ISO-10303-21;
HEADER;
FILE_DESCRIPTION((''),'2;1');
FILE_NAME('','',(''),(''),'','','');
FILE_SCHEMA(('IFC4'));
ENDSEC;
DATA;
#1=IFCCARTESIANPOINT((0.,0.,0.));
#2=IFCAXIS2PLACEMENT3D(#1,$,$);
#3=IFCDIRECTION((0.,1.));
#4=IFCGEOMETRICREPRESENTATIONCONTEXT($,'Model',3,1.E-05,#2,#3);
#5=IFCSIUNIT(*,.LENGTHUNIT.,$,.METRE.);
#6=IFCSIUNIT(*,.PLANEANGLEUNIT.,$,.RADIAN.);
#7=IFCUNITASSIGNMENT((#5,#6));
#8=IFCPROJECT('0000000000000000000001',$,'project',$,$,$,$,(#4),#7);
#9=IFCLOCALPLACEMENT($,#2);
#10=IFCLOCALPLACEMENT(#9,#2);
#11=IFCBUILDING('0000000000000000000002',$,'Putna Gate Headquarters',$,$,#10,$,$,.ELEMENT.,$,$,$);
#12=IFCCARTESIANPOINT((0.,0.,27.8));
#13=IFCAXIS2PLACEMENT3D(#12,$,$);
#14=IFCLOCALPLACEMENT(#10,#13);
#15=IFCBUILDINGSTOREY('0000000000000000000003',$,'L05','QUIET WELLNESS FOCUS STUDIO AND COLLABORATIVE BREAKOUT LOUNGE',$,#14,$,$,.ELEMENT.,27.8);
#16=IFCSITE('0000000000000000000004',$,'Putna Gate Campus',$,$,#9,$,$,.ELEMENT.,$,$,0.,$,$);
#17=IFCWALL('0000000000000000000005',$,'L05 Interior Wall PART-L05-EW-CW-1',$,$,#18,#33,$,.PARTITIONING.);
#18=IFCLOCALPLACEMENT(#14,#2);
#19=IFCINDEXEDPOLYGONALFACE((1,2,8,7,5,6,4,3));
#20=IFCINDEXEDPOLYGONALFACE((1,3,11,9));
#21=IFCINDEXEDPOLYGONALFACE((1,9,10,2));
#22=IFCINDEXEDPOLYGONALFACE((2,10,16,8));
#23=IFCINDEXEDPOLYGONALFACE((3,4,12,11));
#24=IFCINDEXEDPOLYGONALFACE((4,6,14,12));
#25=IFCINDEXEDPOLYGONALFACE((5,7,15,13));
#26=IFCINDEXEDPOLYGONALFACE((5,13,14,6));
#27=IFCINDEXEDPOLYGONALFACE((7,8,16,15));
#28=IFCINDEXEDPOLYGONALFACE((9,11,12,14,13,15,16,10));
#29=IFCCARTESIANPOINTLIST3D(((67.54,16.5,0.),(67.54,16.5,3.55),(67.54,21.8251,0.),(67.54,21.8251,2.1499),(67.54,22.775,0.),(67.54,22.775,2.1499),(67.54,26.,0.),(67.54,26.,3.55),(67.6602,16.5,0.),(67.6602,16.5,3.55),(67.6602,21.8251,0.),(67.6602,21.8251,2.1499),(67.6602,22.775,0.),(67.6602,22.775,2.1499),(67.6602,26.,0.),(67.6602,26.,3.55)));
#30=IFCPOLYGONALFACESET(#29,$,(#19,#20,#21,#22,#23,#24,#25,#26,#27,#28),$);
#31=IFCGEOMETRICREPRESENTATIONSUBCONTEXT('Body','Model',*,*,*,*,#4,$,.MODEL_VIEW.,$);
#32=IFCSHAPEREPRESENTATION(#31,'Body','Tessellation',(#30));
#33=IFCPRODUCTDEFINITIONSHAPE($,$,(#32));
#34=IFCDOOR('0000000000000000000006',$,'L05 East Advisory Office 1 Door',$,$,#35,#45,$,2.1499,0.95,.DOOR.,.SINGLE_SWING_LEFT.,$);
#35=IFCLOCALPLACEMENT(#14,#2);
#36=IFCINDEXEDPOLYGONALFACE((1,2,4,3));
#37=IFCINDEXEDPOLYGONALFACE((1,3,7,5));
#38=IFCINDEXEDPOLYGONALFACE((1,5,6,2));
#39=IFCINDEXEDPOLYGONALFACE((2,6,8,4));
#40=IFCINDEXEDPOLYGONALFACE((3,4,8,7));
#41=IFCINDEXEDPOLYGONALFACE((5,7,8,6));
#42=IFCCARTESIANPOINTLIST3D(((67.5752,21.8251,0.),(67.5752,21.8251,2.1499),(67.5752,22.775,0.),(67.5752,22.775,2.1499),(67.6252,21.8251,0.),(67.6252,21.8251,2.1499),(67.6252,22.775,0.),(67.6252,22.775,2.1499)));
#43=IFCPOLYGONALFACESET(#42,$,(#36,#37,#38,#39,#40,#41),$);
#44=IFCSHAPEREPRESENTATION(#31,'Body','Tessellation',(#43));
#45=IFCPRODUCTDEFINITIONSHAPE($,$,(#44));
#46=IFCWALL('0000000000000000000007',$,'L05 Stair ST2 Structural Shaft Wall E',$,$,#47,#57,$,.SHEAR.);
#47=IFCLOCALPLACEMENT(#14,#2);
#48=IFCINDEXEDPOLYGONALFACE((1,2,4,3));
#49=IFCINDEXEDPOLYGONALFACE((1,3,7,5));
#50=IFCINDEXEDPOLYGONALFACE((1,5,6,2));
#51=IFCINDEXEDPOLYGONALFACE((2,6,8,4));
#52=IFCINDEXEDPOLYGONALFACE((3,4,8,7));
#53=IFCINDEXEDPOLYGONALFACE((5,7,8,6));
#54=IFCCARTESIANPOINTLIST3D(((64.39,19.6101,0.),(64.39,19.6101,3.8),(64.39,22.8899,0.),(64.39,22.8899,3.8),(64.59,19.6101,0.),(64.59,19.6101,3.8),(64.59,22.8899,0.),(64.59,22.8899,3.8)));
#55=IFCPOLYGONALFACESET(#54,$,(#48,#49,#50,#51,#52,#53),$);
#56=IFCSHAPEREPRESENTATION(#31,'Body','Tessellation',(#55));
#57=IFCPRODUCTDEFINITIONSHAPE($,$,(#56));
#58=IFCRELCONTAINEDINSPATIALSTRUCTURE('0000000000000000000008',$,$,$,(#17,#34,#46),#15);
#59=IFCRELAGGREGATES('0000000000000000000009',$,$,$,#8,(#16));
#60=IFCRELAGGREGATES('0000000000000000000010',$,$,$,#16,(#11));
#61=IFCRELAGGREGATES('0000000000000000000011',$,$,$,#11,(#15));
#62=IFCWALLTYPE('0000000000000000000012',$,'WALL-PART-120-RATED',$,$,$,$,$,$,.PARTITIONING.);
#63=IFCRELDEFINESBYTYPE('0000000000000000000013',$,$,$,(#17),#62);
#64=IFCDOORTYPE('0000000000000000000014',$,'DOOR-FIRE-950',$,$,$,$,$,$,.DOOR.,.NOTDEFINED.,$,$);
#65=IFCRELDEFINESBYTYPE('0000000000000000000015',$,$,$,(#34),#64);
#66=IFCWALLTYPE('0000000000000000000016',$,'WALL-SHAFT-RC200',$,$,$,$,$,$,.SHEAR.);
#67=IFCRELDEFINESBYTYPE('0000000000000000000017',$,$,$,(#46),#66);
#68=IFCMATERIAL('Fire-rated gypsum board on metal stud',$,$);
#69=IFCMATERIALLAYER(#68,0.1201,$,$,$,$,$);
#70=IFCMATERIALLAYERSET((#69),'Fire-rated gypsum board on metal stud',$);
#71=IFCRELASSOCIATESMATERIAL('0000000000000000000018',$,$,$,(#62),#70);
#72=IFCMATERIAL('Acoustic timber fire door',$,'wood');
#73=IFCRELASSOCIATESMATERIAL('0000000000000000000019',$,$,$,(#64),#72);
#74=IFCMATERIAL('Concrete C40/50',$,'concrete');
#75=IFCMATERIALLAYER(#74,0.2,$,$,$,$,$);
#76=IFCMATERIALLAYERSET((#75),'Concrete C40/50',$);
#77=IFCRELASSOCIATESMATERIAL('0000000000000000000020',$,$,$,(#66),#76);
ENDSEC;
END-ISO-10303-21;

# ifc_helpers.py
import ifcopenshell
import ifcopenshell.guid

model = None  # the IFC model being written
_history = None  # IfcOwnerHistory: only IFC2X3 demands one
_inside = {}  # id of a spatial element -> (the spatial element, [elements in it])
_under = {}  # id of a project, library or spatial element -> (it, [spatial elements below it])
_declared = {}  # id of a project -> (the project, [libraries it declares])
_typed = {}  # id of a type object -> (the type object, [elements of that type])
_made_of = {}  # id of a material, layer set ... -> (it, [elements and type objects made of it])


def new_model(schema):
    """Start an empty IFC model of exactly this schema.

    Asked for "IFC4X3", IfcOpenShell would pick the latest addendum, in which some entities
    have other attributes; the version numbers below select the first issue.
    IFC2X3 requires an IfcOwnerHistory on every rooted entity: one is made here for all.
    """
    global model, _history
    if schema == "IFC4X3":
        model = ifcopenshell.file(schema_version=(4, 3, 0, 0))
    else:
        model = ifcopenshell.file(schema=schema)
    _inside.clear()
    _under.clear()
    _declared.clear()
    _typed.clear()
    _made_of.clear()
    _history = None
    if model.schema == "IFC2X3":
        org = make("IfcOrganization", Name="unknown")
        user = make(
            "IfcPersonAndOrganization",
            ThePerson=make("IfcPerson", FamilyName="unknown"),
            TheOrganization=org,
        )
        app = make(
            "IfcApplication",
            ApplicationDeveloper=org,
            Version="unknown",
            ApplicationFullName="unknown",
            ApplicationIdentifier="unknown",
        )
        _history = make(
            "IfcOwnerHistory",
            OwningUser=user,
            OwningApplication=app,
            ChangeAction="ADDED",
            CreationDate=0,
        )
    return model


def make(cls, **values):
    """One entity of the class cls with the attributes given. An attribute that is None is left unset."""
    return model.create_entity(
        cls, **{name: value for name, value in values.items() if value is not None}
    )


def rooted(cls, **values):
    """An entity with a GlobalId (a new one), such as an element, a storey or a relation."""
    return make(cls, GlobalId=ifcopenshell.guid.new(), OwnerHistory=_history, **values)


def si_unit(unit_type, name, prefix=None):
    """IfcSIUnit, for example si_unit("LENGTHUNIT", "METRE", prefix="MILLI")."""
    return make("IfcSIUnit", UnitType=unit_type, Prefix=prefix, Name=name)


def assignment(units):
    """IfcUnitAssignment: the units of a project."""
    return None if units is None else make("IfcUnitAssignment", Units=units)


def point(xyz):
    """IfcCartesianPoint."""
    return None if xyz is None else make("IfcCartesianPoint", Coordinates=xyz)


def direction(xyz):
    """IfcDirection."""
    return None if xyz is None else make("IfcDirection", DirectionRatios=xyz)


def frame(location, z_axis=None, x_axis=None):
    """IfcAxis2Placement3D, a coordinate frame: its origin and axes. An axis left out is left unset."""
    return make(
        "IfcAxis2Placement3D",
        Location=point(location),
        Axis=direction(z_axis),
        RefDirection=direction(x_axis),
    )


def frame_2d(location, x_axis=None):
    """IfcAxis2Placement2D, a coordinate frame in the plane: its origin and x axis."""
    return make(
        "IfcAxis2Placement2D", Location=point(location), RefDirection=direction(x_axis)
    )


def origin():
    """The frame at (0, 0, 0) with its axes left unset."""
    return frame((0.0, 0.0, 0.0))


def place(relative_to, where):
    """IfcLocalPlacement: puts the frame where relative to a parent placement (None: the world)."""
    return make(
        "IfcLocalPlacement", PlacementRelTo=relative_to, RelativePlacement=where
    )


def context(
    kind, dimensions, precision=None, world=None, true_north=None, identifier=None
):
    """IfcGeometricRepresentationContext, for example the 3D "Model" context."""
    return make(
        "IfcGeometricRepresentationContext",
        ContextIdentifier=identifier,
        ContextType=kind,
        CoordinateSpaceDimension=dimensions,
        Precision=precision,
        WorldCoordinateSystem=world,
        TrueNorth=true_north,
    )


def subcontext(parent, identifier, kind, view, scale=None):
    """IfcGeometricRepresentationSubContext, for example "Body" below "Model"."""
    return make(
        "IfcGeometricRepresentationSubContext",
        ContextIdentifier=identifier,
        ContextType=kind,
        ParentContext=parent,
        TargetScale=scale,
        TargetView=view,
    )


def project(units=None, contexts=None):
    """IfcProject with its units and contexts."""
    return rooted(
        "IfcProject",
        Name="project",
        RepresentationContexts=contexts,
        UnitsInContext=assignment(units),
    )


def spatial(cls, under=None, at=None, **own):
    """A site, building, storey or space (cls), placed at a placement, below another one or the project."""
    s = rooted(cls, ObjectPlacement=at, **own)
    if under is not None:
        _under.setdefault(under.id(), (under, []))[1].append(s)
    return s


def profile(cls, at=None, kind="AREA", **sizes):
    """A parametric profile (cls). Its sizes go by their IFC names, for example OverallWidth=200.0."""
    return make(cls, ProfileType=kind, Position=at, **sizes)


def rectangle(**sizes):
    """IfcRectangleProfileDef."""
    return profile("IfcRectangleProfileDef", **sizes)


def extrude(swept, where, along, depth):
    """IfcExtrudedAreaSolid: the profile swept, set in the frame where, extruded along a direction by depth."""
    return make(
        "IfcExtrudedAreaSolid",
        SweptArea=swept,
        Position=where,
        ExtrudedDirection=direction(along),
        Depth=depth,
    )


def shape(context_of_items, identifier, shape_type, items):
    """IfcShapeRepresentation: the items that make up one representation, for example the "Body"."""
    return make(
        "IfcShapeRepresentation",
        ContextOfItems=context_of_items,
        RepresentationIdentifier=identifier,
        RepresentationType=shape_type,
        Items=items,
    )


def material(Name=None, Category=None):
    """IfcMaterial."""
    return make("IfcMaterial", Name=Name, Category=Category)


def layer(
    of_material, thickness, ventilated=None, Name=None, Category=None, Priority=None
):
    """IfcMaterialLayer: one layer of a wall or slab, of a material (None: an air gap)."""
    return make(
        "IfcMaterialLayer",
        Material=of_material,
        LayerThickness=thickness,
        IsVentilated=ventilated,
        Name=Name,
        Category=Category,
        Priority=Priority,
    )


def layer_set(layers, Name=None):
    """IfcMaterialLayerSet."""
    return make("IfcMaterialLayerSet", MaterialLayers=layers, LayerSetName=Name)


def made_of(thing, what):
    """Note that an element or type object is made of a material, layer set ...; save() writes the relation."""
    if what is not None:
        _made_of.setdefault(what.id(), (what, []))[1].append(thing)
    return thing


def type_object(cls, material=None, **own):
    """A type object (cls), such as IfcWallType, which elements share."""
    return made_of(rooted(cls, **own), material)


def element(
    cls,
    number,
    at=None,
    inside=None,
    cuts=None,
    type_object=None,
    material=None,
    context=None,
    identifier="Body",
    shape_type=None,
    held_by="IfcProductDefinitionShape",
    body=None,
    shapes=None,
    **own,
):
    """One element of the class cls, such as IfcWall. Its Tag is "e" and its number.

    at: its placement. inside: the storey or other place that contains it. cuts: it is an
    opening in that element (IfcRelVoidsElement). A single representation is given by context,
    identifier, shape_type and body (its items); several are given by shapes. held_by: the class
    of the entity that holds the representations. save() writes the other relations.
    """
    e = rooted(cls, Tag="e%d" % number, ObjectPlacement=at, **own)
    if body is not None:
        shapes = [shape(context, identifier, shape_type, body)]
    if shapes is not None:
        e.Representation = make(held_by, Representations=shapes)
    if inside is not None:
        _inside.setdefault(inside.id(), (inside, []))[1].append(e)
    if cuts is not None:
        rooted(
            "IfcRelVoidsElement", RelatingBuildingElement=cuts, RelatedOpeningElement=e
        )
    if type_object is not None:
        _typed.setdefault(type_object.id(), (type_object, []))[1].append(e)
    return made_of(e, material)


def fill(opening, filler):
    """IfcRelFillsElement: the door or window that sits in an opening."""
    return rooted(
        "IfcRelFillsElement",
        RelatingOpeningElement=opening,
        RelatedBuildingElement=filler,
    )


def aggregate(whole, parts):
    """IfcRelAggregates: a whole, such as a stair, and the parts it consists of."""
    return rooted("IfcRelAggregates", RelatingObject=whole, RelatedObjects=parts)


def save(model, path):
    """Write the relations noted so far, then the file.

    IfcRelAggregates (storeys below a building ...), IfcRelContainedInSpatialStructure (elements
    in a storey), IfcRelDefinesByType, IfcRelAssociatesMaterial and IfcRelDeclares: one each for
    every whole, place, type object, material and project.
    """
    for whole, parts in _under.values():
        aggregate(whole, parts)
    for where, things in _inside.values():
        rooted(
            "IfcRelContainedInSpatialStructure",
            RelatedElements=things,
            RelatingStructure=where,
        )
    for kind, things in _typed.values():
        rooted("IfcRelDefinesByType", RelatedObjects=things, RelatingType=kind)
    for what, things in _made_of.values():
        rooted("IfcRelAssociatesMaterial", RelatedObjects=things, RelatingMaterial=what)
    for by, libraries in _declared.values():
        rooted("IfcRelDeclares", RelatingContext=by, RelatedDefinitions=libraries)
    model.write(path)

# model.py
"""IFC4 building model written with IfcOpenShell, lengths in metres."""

from ifc_helpers import new_model, si_unit, direction, frame, frame_2d, origin, place, context, subcontext, project, spatial, rectangle, extrude, material, layer, layer_set, type_object, element, fill, save


model = new_model("IFC4")

# Units and contexts
model_context = context("Model", 3, precision=1e-05, world=origin(), true_north=direction((0.0, 1.0)))
body_context = subcontext(model_context, "Body", "Model", "MODEL_VIEW")
ifc_project = project(units=[si_unit("LENGTHUNIT", "METRE"), si_unit("PLANEANGLEUNIT", "RADIAN")], contexts=[model_context])

# Site, building, storey
site_placement = place(None, origin())
site = spatial("IfcSite", under=ifc_project, at=site_placement, Name="Putna Gate Campus", CompositionType="ELEMENT", RefElevation=0.0)
building_placement = place(site_placement, origin())
building = spatial("IfcBuilding", under=site, at=building_placement, Name="Putna Gate Headquarters", CompositionType="ELEMENT")
storey_placement = place(building_placement, frame((0.0, 0.0, 27.8)))
storey = spatial("IfcBuildingStorey", under=building, at=storey_placement, Name="L05", Description="QUIET WELLNESS FOCUS STUDIO AND COLLABORATIVE BREAKOUT LOUNGE", CompositionType="ELEMENT", Elevation=27.8)

# Wall, opening, door
ifc_material_1 = material(Name="Fire-rated gypsum board on metal stud")
ifc_layer_1 = layer(ifc_material_1, 0.1201)
ifc_layer_set_1 = layer_set([ifc_layer_1], Name="Fire-rated gypsum board on metal stud")
wall_type_1 = type_object("IfcWallType", Name="WALL-PART-120-RATED", PredefinedType="PARTITIONING", material=ifc_layer_set_1)
wall_1_placement = place(storey_placement, frame((67.6001, 16.5, 0.0), z_axis=(0.0, 0.0, 1.0), x_axis=(0.0, 1.0, 0.0)))
wall_1 = element("IfcWall", 1, at=wall_1_placement, inside=storey, type_object=wall_type_1, Name="L05 Interior Wall PART-L05-EW-CW-1", PredefinedType="PARTITIONING", context=body_context, shape_type="SweptSolid", body=[
    extrude(rectangle(XDim=9.5, YDim=0.1201, at=frame_2d((4.75, 0.0))), origin(), (0.0, 0.0, 1.0), 3.55),
])
opening_1_placement = place(wall_1_placement, frame((5.325, 0.0, 0.0)))
opening_1 = element("IfcOpeningElement", 2, at=opening_1_placement, cuts=wall_1, PredefinedType="OPENING", context=body_context, shape_type="SweptSolid", body=[
    extrude(rectangle(XDim=0.95, YDim=2.1499, at=frame_2d((0.4751, 1.075))), frame((0.0, 0.0701, 0.0), z_axis=(0.0, -1.0, 0.0), x_axis=(1.0, 0.0, 0.0)), (0.0, 0.0, 1.0), 0.1401),
])
ifc_material_2 = material(Name="Acoustic timber fire door", Category="wood")
door_type_1 = type_object("IfcDoorType", Name="DOOR-FIRE-950", OperationType="NOTDEFINED", PredefinedType="DOOR", material=ifc_material_2)
door_1_placement = place(opening_1_placement, origin())
door_1 = element("IfcDoor", 3, at=door_1_placement, inside=storey, type_object=door_type_1, Name="L05 East Advisory Office 1 Door", OperationType="SINGLE_SWING_LEFT", OverallHeight=2.1499, OverallWidth=0.95, PredefinedType="DOOR", context=body_context, shape_type="SweptSolid", body=[
    extrude(rectangle(XDim=0.95, YDim=2.1499, at=frame_2d((0.4751, 1.075))), frame((0.0, 0.0249, 0.0), z_axis=(0.0, -1.0, 0.0), x_axis=(1.0, 0.0, 0.0)), (0.0, 0.0, 1.0), 0.05),
])
fill(opening_1, door_1)

# Wall
ifc_material_3 = material(Name="Concrete C40/50", Category="concrete")
ifc_layer_2 = layer(ifc_material_3, 0.2)
ifc_layer_set_2 = layer_set([ifc_layer_2], Name="Concrete C40/50")
wall_type_2 = type_object("IfcWallType", Name="WALL-SHAFT-RC200", PredefinedType="SHEAR", material=ifc_layer_set_2)
wall_2_placement = place(storey_placement, frame((64.49, 19.6101, 0.0), z_axis=(0.0, 0.0, 1.0), x_axis=(0.0, 1.0, 0.0)))
element("IfcWall", 4, at=wall_2_placement, inside=storey, type_object=wall_type_2, Name="L05 Stair ST2 Structural Shaft Wall E", PredefinedType="SHEAR", context=body_context, shape_type="SweptSolid", body=[
    extrude(rectangle(XDim=3.2798, YDim=0.2, at=frame_2d((1.6399, 0.0))), origin(), (0.0, 0.0, 1.0), 3.8),
])

save(model, "model.ifc")
